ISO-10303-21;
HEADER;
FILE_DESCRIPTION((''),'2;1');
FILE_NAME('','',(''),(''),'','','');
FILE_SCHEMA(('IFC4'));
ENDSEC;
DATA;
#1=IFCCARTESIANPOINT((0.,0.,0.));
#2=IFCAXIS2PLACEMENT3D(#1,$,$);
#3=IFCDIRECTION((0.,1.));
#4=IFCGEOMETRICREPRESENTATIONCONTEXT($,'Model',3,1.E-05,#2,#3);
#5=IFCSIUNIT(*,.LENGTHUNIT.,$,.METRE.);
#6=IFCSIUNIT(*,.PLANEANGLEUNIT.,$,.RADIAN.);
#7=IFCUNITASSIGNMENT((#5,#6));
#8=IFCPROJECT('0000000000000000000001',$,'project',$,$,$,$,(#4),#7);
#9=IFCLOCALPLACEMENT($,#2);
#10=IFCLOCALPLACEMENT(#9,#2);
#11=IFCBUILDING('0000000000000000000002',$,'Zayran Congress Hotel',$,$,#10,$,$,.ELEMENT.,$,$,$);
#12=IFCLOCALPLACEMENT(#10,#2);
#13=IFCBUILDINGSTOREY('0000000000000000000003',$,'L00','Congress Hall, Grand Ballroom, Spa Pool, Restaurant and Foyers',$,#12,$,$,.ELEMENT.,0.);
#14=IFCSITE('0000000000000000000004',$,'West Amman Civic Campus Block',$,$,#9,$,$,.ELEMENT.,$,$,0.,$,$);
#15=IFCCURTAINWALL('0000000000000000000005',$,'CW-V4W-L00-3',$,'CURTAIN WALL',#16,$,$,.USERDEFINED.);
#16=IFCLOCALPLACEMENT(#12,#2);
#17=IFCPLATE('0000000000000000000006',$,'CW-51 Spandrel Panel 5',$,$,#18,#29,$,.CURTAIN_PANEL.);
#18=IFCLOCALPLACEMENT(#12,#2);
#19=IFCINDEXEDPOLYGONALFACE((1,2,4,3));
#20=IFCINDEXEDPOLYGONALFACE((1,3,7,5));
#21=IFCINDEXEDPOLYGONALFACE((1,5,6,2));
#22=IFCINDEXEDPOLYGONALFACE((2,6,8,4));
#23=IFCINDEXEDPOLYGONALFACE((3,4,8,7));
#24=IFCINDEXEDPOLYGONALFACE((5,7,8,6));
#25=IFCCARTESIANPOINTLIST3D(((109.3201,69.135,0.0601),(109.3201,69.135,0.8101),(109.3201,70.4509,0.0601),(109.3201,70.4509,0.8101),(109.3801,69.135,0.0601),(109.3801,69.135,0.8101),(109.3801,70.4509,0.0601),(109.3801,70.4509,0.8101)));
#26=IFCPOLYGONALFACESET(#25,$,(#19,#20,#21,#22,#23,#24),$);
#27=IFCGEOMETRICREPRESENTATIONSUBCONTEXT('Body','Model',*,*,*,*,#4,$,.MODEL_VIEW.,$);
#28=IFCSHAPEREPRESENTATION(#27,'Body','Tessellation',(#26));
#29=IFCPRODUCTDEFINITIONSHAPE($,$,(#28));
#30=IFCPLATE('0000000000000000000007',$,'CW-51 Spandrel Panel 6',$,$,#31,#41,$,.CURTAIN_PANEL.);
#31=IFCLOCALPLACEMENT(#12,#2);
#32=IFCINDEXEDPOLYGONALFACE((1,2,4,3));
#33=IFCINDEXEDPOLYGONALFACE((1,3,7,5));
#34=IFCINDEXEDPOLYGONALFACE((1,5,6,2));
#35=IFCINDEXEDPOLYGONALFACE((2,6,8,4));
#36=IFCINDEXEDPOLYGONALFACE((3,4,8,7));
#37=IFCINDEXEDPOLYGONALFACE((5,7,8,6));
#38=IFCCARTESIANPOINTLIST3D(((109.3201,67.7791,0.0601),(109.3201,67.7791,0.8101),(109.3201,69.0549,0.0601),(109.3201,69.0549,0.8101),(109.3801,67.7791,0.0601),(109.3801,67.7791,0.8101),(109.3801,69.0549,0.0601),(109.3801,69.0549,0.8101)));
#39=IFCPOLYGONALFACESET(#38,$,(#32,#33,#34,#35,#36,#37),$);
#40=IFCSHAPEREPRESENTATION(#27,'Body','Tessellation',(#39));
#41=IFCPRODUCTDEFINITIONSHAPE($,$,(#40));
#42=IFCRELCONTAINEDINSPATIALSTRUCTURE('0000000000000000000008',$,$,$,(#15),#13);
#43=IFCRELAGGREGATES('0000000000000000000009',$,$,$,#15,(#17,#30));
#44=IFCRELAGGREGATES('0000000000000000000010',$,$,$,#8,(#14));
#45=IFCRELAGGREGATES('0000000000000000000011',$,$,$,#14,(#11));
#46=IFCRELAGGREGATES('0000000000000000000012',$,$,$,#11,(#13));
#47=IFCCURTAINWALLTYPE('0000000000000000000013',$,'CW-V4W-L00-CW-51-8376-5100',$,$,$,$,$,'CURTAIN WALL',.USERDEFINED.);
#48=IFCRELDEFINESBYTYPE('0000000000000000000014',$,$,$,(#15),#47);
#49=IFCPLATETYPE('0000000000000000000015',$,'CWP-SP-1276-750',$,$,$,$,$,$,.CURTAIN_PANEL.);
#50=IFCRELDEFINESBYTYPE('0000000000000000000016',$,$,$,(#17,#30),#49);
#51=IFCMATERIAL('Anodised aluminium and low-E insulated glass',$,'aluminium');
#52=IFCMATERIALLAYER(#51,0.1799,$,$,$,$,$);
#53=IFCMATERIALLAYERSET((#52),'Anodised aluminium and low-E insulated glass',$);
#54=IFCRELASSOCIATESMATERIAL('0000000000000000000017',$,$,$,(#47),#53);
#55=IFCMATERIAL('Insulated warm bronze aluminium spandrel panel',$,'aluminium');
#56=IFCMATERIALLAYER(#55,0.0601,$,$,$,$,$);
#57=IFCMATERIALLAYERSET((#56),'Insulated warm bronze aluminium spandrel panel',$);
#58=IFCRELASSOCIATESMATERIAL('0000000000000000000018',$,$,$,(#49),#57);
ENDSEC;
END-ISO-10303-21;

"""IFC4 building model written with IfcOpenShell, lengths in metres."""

from ifc_helpers import new_model, si_unit, direction, frame, origin, origin_2d, place, context, subcontext, project, spatial, rectangle, extrude, material, layer, layer_set, type_object, element, aggregate, save


model = new_model("IFC4")

# Units and contexts
model_context = context("Model", 3, precision=1e-05, world=origin(), true_north=direction((0.0, 1.0)))
body_context = subcontext(model_context, "Body", "Model", "MODEL_VIEW")
ifc_project = project(units=[si_unit("LENGTHUNIT", "METRE"), si_unit("PLANEANGLEUNIT", "RADIAN")], contexts=[model_context])

# Site, building, storey
site_placement = place(None, origin())
site = spatial("IfcSite", under=ifc_project, at=site_placement, Name="West Amman Civic Campus Block", CompositionType="ELEMENT", RefElevation=0.0)
building_placement = place(site_placement, origin())
building = spatial("IfcBuilding", under=site, at=building_placement, Name="Zayran Congress Hotel", CompositionType="ELEMENT")
storey_placement = place(building_placement, origin())
storey = spatial("IfcBuildingStorey", under=building, at=storey_placement, Name="L00", Description="Congress Hall, Grand Ballroom, Spa Pool, Restaurant and Foyers", CompositionType="ELEMENT", Elevation=0.0)

# Shared definitions
ifc_material_1 = material(Name="Anodised aluminium and low-E insulated glass", Category="aluminium")

# Curtain wall
ifc_layer_1 = layer(ifc_material_1, 0.1799)
ifc_layer_set_1 = layer_set([ifc_layer_1], Name="Anodised aluminium and low-E insulated glass")
curtain_wall_type_1 = type_object("IfcCurtainWallType", Name="CW-V4W-L00-CW-51-8376-5100", ElementType="CURTAIN WALL", PredefinedType="USERDEFINED", material=ifc_layer_set_1)
curtain_wall_1_placement = place(storey_placement, origin())
curtain_wall_1 = element("IfcCurtainWall", 1, at=curtain_wall_1_placement, inside=storey, type_object=curtain_wall_type_1, Name="CW-V4W-L00-3", ObjectType="CURTAIN WALL", PredefinedType="USERDEFINED")

# Plates
ifc_material_2 = material(Name="Insulated warm bronze aluminium spandrel panel", Category="aluminium")
ifc_layer_2 = layer(ifc_material_2, 0.0601)
ifc_layer_set_2 = layer_set([ifc_layer_2], Name="Insulated warm bronze aluminium spandrel panel")
plate_type_1 = type_object("IfcPlateType", Name="CWP-SP-1276-750", PredefinedType="CURTAIN_PANEL", material=ifc_layer_set_2)
plate_1_placement = place(storey_placement, frame((109.3501, 69.793, 0.0601), z_axis=(0.0, 0.0, 1.0), x_axis=(0.0, 1.0, 0.0)))
plate_1 = element("IfcPlate", 2, at=plate_1_placement, type_object=plate_type_1, Name="CW-51 Spandrel Panel 5", PredefinedType="CURTAIN_PANEL", context=body_context, shape_type="SweptSolid", body=[
    extrude(rectangle(XDim=1.3159, YDim=0.0601, at=origin_2d()), origin(), (0.0, 0.0, 1.0), 0.75),
])
plate_2_placement = place(storey_placement, frame((109.3501, 68.417, 0.0601), z_axis=(0.0, 0.0, 1.0), x_axis=(0.0, 1.0, 0.0)))
plate_2 = element("IfcPlate", 3, at=plate_2_placement, type_object=plate_type_1, Name="CW-51 Spandrel Panel 6", PredefinedType="CURTAIN_PANEL", context=body_context, shape_type="SweptSolid", body=[
    extrude(rectangle(XDim=1.2759, YDim=0.0601, at=origin_2d()), origin(), (0.0, 0.0, 1.0), 0.75),
])
aggregate(curtain_wall_1, [plate_1, plate_2])

save(model, "model.ifc")
